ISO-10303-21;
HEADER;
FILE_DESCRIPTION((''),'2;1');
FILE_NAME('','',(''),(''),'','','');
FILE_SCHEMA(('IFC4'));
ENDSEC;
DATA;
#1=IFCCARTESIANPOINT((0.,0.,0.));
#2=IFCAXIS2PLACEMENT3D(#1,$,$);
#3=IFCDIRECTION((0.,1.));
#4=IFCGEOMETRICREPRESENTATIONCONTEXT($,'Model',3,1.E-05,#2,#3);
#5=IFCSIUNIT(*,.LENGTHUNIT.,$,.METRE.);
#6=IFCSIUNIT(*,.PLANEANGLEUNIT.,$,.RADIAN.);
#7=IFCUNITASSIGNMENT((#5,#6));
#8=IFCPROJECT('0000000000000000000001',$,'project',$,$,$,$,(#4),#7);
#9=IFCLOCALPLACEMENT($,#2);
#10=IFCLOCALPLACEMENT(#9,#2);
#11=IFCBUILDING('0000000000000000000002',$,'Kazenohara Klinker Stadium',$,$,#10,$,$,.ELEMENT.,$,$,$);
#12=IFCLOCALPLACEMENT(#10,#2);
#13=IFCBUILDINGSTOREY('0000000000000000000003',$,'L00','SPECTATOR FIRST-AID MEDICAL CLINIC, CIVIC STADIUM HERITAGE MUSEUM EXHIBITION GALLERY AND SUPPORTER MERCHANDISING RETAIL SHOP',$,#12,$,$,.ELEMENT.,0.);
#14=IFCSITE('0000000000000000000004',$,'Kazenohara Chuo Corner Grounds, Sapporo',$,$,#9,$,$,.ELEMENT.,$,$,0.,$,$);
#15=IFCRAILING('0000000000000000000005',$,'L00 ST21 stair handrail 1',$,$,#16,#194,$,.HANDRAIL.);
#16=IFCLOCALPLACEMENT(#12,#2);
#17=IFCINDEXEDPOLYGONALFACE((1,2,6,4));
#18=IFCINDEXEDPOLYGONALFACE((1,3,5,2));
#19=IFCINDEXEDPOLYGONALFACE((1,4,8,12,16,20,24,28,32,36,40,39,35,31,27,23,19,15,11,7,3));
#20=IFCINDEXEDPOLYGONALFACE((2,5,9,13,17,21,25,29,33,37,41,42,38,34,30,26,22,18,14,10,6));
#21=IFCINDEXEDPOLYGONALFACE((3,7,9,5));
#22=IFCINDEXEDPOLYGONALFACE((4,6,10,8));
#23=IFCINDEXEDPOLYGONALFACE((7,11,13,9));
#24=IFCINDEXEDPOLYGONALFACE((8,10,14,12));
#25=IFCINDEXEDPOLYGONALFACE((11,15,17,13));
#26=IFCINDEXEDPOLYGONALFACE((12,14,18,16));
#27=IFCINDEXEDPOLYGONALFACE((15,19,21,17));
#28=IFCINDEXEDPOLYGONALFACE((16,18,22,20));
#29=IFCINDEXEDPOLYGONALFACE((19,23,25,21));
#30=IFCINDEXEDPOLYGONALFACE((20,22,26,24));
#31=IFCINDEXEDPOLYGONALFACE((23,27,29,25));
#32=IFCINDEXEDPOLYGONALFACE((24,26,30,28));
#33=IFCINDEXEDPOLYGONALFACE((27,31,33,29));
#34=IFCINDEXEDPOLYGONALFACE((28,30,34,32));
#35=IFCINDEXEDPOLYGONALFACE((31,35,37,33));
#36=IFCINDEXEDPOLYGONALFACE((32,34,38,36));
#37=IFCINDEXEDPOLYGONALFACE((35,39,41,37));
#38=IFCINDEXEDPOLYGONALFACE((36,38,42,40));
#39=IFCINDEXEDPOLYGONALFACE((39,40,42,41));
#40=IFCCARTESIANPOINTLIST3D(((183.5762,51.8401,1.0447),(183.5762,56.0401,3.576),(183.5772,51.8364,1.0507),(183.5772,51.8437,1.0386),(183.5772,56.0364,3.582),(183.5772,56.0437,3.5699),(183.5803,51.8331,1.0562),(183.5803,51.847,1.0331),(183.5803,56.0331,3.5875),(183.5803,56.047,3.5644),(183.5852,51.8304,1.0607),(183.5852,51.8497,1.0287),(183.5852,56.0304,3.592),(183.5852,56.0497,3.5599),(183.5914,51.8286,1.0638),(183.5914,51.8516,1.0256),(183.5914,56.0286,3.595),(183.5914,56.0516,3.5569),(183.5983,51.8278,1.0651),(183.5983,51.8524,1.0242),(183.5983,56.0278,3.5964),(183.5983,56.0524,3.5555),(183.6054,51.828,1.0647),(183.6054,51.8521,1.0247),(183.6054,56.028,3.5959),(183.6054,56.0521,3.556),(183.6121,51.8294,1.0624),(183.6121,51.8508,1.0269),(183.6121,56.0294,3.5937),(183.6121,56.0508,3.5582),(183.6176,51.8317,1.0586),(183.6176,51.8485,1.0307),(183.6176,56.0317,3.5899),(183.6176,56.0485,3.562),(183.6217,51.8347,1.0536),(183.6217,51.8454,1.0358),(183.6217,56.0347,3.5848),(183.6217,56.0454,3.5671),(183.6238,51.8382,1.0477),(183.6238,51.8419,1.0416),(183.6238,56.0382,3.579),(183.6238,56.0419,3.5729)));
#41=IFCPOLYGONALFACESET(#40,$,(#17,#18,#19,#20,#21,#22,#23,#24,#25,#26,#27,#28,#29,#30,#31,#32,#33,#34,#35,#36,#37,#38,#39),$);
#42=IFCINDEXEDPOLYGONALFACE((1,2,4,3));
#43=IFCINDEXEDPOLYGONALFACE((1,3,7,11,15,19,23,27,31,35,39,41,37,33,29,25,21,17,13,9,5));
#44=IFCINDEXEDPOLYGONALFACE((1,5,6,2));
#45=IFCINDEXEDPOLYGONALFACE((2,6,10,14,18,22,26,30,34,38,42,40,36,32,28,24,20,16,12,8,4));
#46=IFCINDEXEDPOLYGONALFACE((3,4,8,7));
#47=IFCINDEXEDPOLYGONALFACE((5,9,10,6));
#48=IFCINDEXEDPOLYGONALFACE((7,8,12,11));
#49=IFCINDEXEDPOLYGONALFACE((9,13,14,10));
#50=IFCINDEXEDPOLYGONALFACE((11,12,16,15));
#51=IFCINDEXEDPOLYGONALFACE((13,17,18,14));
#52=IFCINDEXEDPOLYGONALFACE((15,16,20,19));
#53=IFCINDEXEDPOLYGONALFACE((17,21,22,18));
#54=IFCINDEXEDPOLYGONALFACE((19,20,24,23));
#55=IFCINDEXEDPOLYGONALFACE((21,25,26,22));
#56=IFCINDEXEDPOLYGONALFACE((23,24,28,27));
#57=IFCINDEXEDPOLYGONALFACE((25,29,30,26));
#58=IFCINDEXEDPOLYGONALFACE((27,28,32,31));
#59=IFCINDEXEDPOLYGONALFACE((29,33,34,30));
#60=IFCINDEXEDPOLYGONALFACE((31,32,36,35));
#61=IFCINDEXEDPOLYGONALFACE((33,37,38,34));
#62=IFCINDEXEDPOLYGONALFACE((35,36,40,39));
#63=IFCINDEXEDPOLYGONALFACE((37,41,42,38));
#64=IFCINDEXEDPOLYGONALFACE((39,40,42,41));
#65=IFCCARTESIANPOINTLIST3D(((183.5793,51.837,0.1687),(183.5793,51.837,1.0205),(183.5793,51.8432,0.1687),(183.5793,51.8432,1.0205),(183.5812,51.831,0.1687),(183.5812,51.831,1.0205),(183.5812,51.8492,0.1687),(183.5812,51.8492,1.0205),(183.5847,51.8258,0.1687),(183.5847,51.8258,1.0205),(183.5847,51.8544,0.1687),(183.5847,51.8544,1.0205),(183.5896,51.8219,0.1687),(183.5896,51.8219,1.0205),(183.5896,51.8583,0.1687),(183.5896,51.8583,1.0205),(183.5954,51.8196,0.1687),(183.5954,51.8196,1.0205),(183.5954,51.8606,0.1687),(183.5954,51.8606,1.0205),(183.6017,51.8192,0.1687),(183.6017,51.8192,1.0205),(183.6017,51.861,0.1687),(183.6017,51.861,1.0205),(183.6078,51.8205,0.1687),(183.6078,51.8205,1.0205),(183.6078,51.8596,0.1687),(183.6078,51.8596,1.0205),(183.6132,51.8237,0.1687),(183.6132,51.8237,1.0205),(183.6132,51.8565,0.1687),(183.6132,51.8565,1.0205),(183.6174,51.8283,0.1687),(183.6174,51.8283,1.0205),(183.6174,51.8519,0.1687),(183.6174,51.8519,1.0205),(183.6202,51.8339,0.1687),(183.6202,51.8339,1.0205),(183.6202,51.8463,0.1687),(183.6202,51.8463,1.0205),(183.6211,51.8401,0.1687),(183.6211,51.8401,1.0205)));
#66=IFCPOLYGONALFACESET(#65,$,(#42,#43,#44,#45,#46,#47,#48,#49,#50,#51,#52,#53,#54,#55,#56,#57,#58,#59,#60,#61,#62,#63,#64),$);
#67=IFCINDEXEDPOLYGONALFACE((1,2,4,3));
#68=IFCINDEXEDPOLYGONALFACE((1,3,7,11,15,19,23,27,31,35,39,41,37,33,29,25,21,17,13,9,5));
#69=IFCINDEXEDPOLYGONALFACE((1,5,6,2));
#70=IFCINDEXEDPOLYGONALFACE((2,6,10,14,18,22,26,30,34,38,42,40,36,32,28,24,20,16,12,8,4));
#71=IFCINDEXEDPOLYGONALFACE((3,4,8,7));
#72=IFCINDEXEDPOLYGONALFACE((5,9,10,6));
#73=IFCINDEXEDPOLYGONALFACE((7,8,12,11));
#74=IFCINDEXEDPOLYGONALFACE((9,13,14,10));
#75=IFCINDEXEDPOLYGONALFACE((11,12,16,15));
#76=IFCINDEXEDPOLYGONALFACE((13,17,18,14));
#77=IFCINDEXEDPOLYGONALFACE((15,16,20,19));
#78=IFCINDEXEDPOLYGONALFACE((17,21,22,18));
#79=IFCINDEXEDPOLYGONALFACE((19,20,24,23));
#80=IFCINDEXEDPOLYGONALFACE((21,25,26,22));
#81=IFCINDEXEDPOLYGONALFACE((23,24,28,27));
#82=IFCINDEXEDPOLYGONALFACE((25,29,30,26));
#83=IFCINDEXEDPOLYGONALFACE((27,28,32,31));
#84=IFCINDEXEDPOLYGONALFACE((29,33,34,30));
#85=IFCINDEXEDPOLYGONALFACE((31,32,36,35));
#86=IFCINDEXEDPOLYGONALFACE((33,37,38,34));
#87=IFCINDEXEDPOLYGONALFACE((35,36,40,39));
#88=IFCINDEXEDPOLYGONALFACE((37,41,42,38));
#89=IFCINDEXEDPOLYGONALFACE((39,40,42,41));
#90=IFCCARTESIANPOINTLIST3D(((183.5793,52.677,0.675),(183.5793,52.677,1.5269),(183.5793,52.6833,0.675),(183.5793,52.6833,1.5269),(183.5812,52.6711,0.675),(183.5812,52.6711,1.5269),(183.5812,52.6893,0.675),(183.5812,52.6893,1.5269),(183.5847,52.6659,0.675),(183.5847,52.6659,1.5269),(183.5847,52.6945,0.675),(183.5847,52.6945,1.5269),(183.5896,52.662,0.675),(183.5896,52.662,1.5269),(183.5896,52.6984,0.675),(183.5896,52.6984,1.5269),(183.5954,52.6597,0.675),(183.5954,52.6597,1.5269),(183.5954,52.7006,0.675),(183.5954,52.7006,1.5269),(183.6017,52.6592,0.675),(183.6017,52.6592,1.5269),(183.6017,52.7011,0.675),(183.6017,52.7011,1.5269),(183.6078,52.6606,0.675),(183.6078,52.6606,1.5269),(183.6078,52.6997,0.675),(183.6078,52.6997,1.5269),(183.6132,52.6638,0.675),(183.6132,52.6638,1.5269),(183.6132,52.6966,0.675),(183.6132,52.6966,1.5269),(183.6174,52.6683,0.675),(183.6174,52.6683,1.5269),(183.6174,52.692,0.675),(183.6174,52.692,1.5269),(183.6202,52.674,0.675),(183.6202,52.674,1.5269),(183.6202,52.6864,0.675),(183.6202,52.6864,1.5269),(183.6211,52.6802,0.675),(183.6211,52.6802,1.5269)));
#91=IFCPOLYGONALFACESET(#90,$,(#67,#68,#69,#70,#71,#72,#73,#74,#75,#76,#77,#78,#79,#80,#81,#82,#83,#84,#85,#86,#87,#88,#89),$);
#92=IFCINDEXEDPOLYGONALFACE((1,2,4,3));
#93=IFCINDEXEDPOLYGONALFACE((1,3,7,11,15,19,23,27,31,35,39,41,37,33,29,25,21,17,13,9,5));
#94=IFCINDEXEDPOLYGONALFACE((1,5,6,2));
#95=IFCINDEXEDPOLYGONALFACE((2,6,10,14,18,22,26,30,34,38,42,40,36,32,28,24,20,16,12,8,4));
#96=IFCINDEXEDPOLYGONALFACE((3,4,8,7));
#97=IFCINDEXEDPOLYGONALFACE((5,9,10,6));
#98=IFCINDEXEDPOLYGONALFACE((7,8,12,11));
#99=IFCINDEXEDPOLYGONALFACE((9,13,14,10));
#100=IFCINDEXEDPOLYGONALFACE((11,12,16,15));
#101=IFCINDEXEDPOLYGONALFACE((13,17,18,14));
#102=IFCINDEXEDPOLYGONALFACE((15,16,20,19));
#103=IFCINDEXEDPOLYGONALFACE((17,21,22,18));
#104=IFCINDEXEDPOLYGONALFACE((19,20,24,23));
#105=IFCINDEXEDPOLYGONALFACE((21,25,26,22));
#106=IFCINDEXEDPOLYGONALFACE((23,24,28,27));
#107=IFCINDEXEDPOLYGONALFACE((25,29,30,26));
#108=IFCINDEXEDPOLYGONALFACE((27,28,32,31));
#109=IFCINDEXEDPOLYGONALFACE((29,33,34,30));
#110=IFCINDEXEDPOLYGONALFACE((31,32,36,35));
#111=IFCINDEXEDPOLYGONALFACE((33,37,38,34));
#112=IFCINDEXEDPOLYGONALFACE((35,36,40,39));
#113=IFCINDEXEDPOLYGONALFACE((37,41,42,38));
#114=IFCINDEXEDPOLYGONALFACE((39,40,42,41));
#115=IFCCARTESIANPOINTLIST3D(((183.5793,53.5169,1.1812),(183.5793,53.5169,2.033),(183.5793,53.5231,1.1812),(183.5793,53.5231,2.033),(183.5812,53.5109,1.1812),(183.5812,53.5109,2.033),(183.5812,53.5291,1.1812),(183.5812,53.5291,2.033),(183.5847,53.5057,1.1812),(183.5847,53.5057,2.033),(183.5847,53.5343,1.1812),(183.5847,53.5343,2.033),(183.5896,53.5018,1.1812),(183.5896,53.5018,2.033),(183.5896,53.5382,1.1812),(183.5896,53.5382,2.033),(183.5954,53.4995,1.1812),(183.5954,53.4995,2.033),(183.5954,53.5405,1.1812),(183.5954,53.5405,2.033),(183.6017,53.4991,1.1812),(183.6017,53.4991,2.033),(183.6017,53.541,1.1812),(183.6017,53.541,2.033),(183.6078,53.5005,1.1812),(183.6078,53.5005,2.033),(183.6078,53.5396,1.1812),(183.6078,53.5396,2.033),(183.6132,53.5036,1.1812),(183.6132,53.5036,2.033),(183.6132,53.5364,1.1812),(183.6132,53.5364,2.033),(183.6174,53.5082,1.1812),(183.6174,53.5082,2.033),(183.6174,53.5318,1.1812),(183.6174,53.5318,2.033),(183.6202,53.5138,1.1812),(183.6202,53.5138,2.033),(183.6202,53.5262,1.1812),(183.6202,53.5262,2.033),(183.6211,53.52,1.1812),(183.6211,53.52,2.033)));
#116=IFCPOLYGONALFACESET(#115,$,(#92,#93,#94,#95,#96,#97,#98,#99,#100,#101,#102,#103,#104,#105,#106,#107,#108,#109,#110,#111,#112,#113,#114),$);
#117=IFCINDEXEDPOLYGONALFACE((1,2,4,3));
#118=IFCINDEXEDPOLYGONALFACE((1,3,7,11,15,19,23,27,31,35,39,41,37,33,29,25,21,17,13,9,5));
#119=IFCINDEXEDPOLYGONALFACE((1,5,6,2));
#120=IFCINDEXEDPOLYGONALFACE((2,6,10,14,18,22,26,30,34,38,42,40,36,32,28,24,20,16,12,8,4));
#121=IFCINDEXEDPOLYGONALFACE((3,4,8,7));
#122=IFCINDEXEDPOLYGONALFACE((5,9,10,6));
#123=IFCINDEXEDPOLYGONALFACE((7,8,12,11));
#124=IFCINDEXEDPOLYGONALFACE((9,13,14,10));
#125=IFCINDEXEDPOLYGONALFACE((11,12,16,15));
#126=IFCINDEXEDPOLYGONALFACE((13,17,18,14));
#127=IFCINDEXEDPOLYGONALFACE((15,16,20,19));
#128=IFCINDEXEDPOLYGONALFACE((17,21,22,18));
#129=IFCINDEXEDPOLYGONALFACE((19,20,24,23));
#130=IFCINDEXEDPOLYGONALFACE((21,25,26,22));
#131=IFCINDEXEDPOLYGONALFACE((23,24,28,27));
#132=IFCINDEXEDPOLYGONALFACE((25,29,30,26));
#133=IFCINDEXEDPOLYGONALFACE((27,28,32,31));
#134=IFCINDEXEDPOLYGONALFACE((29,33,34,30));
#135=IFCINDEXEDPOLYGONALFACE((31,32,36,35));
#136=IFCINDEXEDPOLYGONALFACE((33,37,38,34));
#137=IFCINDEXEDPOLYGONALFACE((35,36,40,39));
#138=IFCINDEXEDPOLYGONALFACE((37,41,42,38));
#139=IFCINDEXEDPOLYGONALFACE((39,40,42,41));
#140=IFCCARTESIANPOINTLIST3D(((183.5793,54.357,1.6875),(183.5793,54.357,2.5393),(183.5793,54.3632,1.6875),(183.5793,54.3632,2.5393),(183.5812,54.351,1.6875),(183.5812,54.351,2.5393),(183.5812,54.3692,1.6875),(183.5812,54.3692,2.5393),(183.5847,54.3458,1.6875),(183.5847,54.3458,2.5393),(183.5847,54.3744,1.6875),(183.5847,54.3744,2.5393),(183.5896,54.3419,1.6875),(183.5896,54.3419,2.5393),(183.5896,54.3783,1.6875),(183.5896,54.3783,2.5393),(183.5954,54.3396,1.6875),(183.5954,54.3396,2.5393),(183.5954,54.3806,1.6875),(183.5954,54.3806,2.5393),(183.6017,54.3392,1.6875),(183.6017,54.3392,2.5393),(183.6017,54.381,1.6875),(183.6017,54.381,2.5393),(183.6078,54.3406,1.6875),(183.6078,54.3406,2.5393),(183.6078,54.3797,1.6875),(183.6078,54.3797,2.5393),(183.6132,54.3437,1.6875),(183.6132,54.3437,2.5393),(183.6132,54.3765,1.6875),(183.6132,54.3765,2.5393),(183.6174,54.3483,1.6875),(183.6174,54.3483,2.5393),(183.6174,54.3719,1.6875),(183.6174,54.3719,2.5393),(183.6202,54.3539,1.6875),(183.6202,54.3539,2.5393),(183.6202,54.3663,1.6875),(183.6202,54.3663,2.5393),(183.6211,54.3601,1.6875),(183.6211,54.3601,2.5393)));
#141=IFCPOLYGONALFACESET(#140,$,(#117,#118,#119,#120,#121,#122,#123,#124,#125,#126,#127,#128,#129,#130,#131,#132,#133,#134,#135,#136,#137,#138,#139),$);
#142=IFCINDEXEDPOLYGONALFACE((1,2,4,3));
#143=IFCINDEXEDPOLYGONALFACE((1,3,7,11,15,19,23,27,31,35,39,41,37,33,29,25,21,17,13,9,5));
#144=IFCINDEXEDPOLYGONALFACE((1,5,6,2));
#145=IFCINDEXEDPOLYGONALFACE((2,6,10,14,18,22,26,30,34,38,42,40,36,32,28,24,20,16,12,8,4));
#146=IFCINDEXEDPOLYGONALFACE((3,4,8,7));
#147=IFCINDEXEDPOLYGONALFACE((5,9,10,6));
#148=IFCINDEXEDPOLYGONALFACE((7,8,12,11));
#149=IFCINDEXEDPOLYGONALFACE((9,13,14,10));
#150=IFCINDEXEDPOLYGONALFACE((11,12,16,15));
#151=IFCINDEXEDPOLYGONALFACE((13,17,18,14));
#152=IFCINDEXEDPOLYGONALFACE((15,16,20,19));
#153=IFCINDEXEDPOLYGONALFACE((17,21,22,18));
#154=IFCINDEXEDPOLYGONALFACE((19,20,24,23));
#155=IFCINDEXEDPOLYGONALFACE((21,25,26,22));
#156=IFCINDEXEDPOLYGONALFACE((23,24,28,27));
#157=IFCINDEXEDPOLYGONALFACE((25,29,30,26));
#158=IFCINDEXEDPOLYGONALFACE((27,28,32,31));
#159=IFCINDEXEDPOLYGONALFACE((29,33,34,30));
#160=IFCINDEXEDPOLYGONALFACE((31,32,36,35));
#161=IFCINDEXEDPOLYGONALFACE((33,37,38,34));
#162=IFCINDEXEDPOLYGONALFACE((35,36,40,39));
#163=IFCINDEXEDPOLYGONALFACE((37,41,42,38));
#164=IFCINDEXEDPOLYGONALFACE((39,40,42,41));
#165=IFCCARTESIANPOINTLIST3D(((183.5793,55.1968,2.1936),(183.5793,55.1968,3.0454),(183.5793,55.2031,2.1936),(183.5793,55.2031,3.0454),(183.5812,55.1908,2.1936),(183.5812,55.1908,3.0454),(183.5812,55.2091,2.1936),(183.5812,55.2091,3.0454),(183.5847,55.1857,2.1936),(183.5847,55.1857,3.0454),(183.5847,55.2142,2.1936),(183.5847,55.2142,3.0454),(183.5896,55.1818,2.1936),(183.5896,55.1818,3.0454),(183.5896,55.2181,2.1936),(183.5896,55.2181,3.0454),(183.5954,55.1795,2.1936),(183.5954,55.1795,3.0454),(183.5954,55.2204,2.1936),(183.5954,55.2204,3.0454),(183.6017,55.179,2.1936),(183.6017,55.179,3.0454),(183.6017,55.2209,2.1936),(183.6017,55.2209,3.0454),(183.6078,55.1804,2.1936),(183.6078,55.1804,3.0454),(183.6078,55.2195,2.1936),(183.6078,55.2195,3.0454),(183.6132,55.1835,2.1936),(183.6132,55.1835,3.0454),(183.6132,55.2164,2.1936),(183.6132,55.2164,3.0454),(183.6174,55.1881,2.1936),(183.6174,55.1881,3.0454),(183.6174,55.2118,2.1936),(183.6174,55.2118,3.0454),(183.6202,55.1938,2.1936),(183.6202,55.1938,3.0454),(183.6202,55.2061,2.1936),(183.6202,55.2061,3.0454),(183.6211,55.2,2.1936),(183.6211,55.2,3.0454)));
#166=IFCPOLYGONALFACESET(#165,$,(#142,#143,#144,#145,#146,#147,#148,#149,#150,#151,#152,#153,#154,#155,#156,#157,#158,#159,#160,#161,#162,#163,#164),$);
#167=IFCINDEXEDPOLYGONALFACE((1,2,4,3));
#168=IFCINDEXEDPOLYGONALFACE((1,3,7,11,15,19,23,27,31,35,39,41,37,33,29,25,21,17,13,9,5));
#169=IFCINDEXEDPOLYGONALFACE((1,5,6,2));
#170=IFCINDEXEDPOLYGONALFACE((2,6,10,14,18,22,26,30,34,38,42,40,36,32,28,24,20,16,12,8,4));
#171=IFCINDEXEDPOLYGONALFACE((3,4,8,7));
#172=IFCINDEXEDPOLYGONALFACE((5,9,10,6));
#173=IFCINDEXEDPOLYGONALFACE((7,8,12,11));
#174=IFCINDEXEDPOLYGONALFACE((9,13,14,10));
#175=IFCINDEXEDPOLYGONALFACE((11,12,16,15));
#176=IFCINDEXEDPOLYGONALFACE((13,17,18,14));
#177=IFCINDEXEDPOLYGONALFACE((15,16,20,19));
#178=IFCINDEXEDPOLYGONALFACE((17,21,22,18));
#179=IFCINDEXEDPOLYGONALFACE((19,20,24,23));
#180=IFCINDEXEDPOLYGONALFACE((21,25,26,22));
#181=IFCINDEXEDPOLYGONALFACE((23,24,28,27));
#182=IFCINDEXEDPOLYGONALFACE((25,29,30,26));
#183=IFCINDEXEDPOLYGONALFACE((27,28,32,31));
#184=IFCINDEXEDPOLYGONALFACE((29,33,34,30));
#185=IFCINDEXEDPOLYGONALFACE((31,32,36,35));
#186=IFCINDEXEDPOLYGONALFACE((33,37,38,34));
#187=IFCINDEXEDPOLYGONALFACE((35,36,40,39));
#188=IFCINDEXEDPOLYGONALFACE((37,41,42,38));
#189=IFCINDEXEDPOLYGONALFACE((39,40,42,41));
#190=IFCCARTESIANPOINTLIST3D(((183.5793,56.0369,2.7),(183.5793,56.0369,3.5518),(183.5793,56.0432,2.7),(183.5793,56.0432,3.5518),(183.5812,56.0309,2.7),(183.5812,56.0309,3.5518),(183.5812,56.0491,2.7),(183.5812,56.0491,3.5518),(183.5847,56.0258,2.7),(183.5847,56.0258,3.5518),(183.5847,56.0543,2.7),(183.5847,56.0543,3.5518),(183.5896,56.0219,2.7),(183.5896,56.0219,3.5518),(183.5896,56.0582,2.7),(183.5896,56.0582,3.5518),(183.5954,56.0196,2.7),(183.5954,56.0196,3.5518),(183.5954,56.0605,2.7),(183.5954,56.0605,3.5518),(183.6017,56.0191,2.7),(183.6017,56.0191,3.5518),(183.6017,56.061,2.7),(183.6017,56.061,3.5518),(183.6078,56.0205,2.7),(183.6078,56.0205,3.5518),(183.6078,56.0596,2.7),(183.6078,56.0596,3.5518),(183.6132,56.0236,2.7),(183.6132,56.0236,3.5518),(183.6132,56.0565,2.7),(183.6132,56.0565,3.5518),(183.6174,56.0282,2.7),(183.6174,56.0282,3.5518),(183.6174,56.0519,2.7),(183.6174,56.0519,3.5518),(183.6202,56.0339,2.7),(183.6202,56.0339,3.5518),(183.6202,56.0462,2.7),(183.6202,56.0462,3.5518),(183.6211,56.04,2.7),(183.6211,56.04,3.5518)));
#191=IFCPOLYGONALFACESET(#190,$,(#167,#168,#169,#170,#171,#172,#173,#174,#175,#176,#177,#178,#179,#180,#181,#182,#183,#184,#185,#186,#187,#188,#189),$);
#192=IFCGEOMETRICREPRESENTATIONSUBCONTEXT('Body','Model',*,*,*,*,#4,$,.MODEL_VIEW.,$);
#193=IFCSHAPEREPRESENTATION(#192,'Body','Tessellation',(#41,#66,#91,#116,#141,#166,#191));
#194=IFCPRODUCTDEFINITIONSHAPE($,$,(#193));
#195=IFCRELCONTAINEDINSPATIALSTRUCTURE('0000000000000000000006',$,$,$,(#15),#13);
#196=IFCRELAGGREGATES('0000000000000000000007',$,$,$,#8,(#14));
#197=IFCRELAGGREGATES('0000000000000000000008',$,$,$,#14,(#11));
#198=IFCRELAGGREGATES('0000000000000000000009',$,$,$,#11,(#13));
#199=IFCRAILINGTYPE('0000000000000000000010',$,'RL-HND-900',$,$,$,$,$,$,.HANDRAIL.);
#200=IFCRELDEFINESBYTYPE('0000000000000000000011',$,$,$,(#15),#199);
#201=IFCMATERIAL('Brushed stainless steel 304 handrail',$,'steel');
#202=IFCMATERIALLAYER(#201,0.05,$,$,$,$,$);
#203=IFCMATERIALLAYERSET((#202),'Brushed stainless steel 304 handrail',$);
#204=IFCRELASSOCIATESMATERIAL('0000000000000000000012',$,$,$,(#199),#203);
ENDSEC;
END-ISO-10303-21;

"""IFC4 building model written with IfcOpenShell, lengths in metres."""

from ifc_helpers import new_model, si_unit, direction, frame, origin, origin_2d, place, context, subcontext, project, spatial, circle, extrude, material, layer, layer_set, type_object, element, save


model = new_model("IFC4")

# Units and contexts
model_context = context("Model", 3, precision=1e-05, world=origin(), true_north=direction((0.0, 1.0)))
body_context = subcontext(model_context, "Body", "Model", "MODEL_VIEW")
ifc_project = project(units=[si_unit("LENGTHUNIT", "METRE"), si_unit("PLANEANGLEUNIT", "RADIAN")], contexts=[model_context])

# Site, building, storey
site_placement = place(None, origin())
site = spatial("IfcSite", under=ifc_project, at=site_placement, Name="Kazenohara Chuo Corner Grounds, Sapporo", CompositionType="ELEMENT", RefElevation=0.0)
building_placement = place(site_placement, origin())
building = spatial("IfcBuilding", under=site, at=building_placement, Name="Kazenohara Klinker Stadium", CompositionType="ELEMENT")
storey_placement = place(building_placement, origin())
storey = spatial("IfcBuildingStorey", under=building, at=storey_placement, Name="L00", Description="SPECTATOR FIRST-AID MEDICAL CLINIC, CIVIC STADIUM HERITAGE MUSEUM EXHIBITION GALLERY AND SUPPORTER MERCHANDISING RETAIL SHOP", CompositionType="ELEMENT", Elevation=0.0)

# Railing
ifc_material_1 = material(Name="Brushed stainless steel 304 handrail", Category="steel")
ifc_layer_1 = layer(ifc_material_1, 0.05)
ifc_layer_set_1 = layer_set([ifc_layer_1], Name="Brushed stainless steel 304 handrail")
railing_type_1 = type_object("IfcRailingType", Name="RL-HND-900", PredefinedType="HANDRAIL", material=ifc_layer_set_1)
railing_1_placement = place(storey_placement, frame((183.6001, 51.8401, 0.1687)))
element("IfcRailing", 1, at=railing_1_placement, inside=storey, type_object=railing_type_1, Name="L00 ST21 stair handrail 1", PredefinedType="HANDRAIL", context=body_context, shape_type="SweptSolid", body=[
    extrude(circle(Radius=0.0239, at=origin_2d()), frame((0.0, 0.0, 0.876), z_axis=(0.0, 0.856476, 0.516186), x_axis=(-1.0, 0.0, 0.0)), (0.0, 0.0, 1.0), 4.9038),
    extrude(circle(Radius=0.021, at=origin_2d()), origin(), (0.0, 0.0, 1.0), 0.8518),
    extrude(circle(Radius=0.021, at=origin_2d()), frame((0.0, 0.8401, 0.5063)), (0.0, 0.0, 1.0), 0.8518),
    extrude(circle(Radius=0.021, at=origin_2d()), frame((0.0, 1.6799, 1.0125)), (0.0, 0.0, 1.0), 0.8518),
    extrude(circle(Radius=0.021, at=origin_2d()), frame((0.0, 2.52, 1.5188)), (0.0, 0.0, 1.0), 0.8518),
    extrude(circle(Radius=0.021, at=origin_2d()), frame((0.0, 3.3599, 2.0249)), (0.0, 0.0, 1.0), 0.8518),
    extrude(circle(Radius=0.021, at=origin_2d()), frame((0.0, 4.2, 2.5312)), (0.0, 0.0, 1.0), 0.8518),
])

save(model, "model.ifc")
